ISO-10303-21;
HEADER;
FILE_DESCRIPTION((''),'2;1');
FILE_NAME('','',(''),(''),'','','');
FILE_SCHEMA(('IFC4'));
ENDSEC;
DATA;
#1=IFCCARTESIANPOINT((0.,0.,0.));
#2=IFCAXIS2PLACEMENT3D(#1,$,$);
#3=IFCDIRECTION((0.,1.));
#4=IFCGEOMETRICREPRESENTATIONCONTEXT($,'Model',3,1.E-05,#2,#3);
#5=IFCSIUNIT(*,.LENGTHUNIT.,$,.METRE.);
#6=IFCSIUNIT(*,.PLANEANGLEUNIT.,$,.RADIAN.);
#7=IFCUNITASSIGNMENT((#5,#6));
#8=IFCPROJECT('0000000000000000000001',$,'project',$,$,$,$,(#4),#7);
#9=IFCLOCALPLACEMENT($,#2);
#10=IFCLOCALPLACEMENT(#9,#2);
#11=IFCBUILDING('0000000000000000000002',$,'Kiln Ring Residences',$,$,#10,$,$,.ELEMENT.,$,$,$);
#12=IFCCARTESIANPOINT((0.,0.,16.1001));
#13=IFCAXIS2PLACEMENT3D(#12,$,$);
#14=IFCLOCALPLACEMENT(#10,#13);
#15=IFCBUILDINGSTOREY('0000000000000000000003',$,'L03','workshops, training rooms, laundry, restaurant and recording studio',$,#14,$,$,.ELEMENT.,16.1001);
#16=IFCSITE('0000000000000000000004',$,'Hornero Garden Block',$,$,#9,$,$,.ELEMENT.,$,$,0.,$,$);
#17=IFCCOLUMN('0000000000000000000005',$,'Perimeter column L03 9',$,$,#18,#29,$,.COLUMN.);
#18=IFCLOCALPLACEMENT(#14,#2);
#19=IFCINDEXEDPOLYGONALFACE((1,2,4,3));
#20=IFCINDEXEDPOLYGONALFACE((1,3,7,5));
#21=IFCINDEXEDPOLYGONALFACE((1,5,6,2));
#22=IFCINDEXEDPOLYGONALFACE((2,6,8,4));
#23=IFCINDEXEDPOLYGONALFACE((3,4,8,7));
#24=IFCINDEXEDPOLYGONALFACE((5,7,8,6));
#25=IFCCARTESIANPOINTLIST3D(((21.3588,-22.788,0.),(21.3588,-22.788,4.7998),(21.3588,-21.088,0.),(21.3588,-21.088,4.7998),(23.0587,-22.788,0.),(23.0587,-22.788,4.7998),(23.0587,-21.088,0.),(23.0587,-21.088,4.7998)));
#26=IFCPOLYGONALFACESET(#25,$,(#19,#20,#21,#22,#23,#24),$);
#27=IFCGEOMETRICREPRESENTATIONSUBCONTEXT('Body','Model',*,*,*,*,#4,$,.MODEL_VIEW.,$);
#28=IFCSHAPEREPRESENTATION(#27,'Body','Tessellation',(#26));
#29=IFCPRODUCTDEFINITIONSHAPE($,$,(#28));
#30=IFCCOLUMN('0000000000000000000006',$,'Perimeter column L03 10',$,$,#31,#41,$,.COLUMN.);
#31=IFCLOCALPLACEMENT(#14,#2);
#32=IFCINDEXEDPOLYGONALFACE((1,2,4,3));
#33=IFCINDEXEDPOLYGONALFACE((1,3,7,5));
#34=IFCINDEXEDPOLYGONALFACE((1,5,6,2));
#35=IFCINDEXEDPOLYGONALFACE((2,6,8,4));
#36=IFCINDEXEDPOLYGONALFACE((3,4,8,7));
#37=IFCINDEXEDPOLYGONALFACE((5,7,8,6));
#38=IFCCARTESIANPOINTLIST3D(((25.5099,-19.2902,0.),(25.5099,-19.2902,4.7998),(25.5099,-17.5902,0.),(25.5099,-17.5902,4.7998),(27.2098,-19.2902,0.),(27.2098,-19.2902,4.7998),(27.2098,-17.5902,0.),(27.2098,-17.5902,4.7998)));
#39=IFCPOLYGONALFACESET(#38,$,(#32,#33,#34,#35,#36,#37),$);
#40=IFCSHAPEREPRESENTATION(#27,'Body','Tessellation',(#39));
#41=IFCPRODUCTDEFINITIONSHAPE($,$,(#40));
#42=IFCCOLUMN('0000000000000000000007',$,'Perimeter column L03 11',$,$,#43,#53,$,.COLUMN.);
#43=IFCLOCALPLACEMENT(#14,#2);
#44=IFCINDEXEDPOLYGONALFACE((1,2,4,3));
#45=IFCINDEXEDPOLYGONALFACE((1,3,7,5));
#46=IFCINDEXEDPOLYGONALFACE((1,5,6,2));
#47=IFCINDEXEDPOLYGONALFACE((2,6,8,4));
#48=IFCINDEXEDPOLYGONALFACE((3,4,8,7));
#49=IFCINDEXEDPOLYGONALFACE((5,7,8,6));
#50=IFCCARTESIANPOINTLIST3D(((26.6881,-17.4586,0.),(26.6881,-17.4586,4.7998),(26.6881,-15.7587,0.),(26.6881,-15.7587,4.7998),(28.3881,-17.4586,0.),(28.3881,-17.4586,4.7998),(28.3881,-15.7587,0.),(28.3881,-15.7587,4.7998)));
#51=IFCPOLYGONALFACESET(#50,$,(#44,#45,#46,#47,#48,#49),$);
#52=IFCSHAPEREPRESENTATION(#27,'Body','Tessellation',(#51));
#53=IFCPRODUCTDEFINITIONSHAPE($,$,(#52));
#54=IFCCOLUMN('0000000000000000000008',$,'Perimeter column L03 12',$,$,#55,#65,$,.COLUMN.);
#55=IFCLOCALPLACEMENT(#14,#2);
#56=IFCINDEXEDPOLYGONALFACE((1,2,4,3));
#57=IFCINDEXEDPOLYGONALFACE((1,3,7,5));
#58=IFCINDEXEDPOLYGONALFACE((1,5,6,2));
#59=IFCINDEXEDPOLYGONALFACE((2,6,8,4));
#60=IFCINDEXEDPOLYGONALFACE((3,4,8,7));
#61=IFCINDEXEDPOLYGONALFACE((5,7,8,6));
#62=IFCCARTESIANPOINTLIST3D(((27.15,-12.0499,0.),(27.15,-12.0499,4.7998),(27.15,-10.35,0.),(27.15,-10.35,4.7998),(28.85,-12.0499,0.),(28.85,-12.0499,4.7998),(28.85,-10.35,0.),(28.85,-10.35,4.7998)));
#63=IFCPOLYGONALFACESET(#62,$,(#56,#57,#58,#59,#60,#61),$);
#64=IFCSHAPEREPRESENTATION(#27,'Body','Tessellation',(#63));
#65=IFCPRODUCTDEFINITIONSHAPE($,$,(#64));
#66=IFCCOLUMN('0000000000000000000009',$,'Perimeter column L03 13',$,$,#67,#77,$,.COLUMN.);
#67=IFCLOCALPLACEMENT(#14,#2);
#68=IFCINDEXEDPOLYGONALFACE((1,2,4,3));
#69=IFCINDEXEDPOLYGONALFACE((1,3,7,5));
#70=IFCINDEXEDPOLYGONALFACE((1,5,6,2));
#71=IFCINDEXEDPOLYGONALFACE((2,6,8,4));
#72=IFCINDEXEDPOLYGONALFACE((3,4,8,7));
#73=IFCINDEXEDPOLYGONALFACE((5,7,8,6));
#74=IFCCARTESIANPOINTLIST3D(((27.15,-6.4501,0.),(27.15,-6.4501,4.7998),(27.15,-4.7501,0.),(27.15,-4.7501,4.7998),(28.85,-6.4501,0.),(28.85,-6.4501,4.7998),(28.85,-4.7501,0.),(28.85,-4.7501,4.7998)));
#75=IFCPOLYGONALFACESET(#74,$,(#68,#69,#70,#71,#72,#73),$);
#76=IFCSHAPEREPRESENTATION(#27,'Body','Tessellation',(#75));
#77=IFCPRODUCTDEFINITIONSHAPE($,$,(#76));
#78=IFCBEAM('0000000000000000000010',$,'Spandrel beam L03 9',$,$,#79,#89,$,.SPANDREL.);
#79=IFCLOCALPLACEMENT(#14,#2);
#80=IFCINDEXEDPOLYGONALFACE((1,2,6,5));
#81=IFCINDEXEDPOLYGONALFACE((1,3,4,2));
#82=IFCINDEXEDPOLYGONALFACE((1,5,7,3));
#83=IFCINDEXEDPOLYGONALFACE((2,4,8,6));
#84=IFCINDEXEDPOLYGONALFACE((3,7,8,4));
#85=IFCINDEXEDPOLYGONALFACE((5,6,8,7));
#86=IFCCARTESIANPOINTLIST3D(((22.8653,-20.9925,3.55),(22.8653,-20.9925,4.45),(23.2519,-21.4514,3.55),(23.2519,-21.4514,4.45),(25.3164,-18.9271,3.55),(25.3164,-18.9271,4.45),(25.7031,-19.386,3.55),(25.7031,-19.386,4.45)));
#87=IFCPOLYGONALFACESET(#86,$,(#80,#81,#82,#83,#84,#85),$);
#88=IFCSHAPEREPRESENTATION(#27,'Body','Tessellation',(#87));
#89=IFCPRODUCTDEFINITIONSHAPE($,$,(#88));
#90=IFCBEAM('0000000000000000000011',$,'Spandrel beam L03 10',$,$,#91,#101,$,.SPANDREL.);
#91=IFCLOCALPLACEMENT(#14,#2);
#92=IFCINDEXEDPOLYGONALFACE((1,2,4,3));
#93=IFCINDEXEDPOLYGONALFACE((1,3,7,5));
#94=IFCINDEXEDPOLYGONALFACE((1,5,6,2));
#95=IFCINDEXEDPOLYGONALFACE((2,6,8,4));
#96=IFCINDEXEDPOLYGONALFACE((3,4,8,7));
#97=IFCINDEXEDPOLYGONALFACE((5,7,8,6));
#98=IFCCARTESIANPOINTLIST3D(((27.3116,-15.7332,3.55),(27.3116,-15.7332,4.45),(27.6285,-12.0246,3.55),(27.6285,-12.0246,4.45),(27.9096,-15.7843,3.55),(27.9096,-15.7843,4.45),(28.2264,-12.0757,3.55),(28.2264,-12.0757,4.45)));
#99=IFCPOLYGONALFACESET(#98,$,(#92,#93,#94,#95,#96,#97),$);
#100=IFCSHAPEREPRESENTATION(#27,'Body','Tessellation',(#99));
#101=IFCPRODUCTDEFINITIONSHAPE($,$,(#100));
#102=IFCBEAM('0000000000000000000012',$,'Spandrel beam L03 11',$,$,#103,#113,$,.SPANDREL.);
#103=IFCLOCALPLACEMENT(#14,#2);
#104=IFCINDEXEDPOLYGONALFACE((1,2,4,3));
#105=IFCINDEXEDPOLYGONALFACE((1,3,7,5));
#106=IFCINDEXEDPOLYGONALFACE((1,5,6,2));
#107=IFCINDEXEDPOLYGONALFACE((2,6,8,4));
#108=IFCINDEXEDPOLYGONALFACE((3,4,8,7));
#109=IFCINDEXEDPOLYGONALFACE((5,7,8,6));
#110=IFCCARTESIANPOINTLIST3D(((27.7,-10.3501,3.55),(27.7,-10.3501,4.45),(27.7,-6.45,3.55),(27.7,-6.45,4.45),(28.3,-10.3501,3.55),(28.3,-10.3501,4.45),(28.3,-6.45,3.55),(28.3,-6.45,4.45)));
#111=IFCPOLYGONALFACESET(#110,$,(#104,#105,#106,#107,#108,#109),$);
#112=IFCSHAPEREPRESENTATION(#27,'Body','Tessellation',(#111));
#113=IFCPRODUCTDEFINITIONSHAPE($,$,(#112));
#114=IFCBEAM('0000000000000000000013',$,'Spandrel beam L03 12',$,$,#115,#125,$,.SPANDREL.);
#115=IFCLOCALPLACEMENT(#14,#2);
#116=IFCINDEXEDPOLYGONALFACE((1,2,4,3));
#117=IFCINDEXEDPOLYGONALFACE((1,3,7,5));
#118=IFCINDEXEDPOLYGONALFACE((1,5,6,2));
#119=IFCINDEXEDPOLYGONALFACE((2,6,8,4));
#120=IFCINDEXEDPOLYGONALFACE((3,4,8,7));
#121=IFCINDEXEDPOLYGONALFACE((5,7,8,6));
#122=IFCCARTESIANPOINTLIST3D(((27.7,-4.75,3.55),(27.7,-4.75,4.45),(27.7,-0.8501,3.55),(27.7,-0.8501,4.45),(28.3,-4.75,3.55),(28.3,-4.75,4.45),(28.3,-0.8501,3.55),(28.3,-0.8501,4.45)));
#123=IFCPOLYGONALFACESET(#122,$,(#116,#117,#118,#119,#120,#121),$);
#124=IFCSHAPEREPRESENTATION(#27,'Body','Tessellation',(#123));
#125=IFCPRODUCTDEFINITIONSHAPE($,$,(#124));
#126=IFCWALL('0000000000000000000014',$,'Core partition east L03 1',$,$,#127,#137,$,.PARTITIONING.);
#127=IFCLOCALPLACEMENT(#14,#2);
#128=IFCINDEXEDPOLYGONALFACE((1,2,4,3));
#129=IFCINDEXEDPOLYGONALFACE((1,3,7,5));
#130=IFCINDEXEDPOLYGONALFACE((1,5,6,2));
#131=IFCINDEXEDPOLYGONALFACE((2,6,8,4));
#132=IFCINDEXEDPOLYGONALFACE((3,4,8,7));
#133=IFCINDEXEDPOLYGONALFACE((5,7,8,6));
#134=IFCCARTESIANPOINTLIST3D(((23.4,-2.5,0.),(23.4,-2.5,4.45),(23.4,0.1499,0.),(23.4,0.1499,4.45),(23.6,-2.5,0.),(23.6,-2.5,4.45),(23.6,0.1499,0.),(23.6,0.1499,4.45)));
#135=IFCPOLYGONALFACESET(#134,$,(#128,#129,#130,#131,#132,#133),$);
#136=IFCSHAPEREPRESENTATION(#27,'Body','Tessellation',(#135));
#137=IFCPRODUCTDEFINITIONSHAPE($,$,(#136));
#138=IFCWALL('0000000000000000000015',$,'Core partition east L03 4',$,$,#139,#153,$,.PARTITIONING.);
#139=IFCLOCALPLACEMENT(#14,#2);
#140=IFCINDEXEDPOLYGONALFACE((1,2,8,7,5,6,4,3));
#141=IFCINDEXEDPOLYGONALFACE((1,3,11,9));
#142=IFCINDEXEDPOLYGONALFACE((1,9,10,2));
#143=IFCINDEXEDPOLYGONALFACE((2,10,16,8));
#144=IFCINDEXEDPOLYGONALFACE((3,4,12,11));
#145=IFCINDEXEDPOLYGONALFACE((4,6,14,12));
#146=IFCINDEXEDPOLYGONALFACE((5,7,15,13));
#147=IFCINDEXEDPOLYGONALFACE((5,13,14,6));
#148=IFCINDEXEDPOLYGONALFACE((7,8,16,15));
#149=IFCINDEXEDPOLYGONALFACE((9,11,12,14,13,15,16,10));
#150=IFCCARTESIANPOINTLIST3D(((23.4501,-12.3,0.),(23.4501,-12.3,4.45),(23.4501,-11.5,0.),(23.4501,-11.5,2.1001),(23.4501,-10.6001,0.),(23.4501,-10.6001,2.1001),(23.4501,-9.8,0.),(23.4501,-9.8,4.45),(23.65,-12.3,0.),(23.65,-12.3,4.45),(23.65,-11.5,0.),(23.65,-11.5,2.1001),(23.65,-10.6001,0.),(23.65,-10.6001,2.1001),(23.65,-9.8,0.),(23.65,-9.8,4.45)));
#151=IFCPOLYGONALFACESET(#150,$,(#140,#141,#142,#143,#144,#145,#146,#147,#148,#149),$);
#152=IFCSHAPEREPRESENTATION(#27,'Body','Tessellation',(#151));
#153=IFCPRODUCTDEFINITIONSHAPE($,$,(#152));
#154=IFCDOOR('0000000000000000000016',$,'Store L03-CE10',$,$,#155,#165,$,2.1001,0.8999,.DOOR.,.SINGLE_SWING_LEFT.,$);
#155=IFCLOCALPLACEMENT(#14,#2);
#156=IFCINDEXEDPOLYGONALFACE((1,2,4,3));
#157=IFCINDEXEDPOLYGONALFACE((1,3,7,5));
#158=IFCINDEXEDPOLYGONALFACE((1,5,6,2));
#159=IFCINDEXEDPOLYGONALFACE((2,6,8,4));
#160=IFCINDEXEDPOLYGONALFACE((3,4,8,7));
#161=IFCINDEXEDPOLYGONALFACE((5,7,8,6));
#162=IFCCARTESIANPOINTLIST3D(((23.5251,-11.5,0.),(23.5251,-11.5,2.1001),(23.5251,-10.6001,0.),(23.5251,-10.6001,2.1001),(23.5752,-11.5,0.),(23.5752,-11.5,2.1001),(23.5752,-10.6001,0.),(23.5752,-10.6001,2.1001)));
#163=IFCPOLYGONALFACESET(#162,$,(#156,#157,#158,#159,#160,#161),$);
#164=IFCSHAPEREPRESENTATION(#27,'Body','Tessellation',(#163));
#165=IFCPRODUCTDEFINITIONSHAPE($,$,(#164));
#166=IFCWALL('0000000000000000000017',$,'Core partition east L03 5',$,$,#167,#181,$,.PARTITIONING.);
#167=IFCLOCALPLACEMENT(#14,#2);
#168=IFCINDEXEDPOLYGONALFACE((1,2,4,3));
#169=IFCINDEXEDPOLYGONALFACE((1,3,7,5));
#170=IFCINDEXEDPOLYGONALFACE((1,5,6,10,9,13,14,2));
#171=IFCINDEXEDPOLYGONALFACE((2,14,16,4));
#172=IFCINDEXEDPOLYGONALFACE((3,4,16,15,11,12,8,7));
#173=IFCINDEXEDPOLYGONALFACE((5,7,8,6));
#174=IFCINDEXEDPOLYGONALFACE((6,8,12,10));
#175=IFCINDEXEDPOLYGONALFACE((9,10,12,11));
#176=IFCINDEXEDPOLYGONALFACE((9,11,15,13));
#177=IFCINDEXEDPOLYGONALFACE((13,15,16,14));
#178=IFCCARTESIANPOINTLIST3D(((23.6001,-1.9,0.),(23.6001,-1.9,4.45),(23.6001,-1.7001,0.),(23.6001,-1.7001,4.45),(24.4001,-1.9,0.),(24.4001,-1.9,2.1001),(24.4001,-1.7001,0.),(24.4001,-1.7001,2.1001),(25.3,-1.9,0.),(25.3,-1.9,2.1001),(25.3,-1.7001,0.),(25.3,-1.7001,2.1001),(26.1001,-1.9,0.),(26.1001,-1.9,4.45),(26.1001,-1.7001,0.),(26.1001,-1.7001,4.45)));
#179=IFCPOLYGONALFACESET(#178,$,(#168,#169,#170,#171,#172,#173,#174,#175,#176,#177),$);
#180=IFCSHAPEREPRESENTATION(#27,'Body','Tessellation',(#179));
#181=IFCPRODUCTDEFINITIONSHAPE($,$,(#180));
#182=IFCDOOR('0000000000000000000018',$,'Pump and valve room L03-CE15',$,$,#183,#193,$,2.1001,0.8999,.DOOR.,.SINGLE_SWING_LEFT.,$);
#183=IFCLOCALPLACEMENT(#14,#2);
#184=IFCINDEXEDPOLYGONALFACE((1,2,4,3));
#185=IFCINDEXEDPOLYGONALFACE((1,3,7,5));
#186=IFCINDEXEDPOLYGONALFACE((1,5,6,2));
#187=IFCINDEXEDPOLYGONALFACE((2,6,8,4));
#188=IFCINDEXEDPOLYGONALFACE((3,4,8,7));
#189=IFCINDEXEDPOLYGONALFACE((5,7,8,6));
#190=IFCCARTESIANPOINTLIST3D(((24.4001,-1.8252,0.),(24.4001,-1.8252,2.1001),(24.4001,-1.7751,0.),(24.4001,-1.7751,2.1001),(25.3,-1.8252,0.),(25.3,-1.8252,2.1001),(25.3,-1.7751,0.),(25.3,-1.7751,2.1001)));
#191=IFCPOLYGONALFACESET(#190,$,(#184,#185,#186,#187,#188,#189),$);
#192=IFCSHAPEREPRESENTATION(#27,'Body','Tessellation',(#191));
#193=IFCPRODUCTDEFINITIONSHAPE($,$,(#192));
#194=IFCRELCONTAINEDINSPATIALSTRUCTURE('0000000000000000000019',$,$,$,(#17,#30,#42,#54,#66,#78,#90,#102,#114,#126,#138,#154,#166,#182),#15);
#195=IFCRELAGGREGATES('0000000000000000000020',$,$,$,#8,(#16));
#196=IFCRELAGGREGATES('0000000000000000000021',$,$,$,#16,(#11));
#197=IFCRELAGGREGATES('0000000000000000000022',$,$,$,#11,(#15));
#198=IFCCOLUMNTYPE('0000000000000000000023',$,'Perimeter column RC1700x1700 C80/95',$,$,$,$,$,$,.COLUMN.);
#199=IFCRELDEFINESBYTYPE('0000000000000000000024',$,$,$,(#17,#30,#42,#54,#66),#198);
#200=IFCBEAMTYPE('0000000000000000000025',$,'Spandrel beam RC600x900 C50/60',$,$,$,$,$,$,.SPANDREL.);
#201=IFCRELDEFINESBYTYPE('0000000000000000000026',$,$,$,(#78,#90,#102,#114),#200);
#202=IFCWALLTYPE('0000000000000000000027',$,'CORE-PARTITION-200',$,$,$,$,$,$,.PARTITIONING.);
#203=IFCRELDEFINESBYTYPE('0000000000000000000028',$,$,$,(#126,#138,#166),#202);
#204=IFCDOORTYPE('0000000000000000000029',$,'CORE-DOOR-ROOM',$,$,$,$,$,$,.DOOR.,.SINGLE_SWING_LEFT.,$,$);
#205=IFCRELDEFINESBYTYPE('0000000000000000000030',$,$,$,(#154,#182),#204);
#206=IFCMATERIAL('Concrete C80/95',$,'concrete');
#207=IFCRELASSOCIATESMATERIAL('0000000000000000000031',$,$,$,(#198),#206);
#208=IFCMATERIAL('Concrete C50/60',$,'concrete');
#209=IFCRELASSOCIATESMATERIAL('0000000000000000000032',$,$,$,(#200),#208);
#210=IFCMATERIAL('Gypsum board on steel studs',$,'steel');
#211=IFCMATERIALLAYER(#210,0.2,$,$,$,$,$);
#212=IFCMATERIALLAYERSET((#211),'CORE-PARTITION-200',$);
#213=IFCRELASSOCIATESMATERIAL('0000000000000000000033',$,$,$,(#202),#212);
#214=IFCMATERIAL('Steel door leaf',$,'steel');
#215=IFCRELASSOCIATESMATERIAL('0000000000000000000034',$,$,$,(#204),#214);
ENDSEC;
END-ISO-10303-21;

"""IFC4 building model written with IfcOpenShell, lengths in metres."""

from ifc_helpers import new_model, si_unit, direction, frame, frame_2d, origin, origin_2d, place, context, subcontext, project, spatial, rectangle, extrude, material, layer, layer_set, material_profile, profile_set, type_object, element, fill, save


model = new_model("IFC4")

# Units and contexts
model_context = context("Model", 3, precision=1e-05, world=origin(), true_north=direction((0.0, 1.0)))
body_context = subcontext(model_context, "Body", "Model", "MODEL_VIEW")
ifc_project = project(units=[si_unit("LENGTHUNIT", "METRE"), si_unit("PLANEANGLEUNIT", "RADIAN")], contexts=[model_context])

# Site, building, storey
site_placement = place(None, origin())
site = spatial("IfcSite", under=ifc_project, at=site_placement, Name="Hornero Garden Block", CompositionType="ELEMENT", RefElevation=0.0)
building_placement = place(site_placement, origin())
building = spatial("IfcBuilding", under=site, at=building_placement, Name="Kiln Ring Residences", CompositionType="ELEMENT")
storey_placement = place(building_placement, frame((0.0, 0.0, 16.1001)))
storey = spatial("IfcBuildingStorey", under=building, at=storey_placement, Name="L03", Description="workshops, training rooms, laundry, restaurant and recording studio", CompositionType="ELEMENT", Elevation=16.1001)

# Columns
ifc_material_1 = material(Name="Concrete C80/95", Category="concrete")
ifc_material_profile_1 = material_profile(ifc_material_1, rectangle(XDim=1.7, YDim=1.7, at=origin_2d()), Name="RC1700x1700")
ifc_profile_set_1 = profile_set([ifc_material_profile_1], Name="Concrete C80/95")
column_type = type_object("IfcColumnType", Name="Perimeter column RC1700x1700 C80/95", PredefinedType="COLUMN", material=ifc_profile_set_1)
for number, where, z_axis, x_axis, name in (
    (1, (22.2087, -21.938, 0.0), (0.0, 0.0, 1.0), (1.0, 0.0, 0.0), "Perimeter column L03 9"),
    (2, (26.3599, -18.4402, 0.0), (0.0, 0.0, 1.0), (1.0, 0.0, 0.0), "Perimeter column L03 10"),
    (3, (27.5381, -16.6086, 0.0), (0.0, 0.0, 1.0), (1.0, 0.0, 0.0), "Perimeter column L03 11"),
    (4, (28.0, -11.2, 0.0), (0.0, 0.0, 1.0), (1.0, 0.0, 0.0), "Perimeter column L03 12"),
    (5, (28.0, -5.6001, 0.0), (0.0, 0.0, 1.0), (1.0, 0.0, 0.0), "Perimeter column L03 13"),
):
    element("IfcColumn", number, at=place(storey_placement, frame(where, z_axis=z_axis, x_axis=x_axis)), inside=storey, type_object=column_type, Name=name, PredefinedType="COLUMN", context=body_context, shape_type="SweptSolid", body=[
        extrude(rectangle(XDim=1.7, YDim=1.7, at=origin_2d()), origin(), (0.0, 0.0, 1.0), 4.7998),
    ])

# Beams
ifc_material_2 = material(Name="Concrete C50/60", Category="concrete")
ifc_material_profile_2 = material_profile(ifc_material_2, rectangle(XDim=0.6001, YDim=0.8999, at=origin_2d()), Name="RC600x900")
ifc_profile_set_2 = profile_set([ifc_material_profile_2], Name="Concrete C50/60")
beam_type = type_object("IfcBeamType", Name="Spandrel beam RC600x900 C50/60", PredefinedType="SPANDREL", material=ifc_profile_set_2)
beam_1_placement = place(storey_placement, frame((23.0586, -21.2219, 4.0), z_axis=(0.764714, 0.64437, 0.0), x_axis=(-0.64437, 0.764714, 0.0)))
element("IfcBeam", 6, at=beam_1_placement, inside=storey, type_object=beam_type, Name="Spandrel beam L03 9", PredefinedType="SPANDREL", context=body_context, shape_type="SweptSolid", body=[
    extrude(rectangle(XDim=0.6001, YDim=0.8999, at=origin_2d()), origin(), (0.0, 0.0, 1.0), 3.2053),
])
beam_2_placement = place(storey_placement, frame((27.6106, -15.7588, 4.0), z_axis=(0.085135, 0.996369, 0.0), x_axis=(-0.996369, 0.085135, 0.0)))
element("IfcBeam", 7, at=beam_2_placement, inside=storey, type_object=beam_type, Name="Spandrel beam L03 10", PredefinedType="SPANDREL", context=body_context, shape_type="SweptSolid", body=[
    extrude(rectangle(XDim=0.6001, YDim=0.8999, at=origin_2d()), origin(), (0.0, 0.0, 1.0), 3.7222),
])
beam_3_placement = place(storey_placement, frame((28.0, -10.3501, 4.0), z_axis=(0.0, 1.0, 0.0), x_axis=(-1.0, 0.0, 0.0)))
element("IfcBeam", 8, at=beam_3_placement, inside=storey, type_object=beam_type, Name="Spandrel beam L03 11", PredefinedType="SPANDREL", context=body_context, shape_type="SweptSolid", body=[
    extrude(rectangle(XDim=0.6001, YDim=0.8999, at=origin_2d()), origin(), (0.0, 0.0, 1.0), 3.9001),
])
beam_4_placement = place(storey_placement, frame((28.0, -4.75, 4.0), z_axis=(0.0, 1.0, 0.0), x_axis=(-1.0, 0.0, 0.0)))
element("IfcBeam", 9, at=beam_4_placement, inside=storey, type_object=beam_type, Name="Spandrel beam L03 12", PredefinedType="SPANDREL", context=body_context, shape_type="SweptSolid", body=[
    extrude(rectangle(XDim=0.6001, YDim=0.8999, at=origin_2d()), origin(), (0.0, 0.0, 1.0), 3.8999),
])

# Wall
ifc_material_3 = material(Name="Gypsum board on steel studs", Category="steel")
ifc_layer_1 = layer(ifc_material_3, 0.2)
ifc_layer_set_1 = layer_set([ifc_layer_1], Name="CORE-PARTITION-200")
wall_type_1 = type_object("IfcWallType", Name="CORE-PARTITION-200", PredefinedType="PARTITIONING", material=ifc_layer_set_1)
wall_1_placement = place(storey_placement, frame((23.5, -2.5, 0.0), z_axis=(0.0, 0.0, 1.0), x_axis=(0.0, 1.0, 0.0)))
element("IfcWall", 10, at=wall_1_placement, inside=storey, type_object=wall_type_1, Name="Core partition east L03 1", PredefinedType="PARTITIONING", context=body_context, shape_type="SweptSolid", body=[
    extrude(rectangle(XDim=2.6499, YDim=0.2, at=frame_2d((1.325, 0.0))), origin(), (0.0, 0.0, 1.0), 4.45),
])

# Walls, openings, doors
wall_2_placement = place(storey_placement, frame((23.55, -12.3, 0.0), z_axis=(0.0, 0.0, 1.0), x_axis=(0.0, 1.0, 0.0)))
wall_2 = element("IfcWall", 11, at=wall_2_placement, inside=storey, type_object=wall_type_1, Name="Core partition east L03 4", PredefinedType="PARTITIONING", context=body_context, shape_type="SweptSolid", body=[
    extrude(rectangle(XDim=2.5, YDim=0.2, at=frame_2d((1.25, 0.0))), origin(), (0.0, 0.0, 1.0), 4.45),
])
opening_1_placement = place(wall_2_placement, frame((0.8, 0.0, 0.0)))
opening_1 = element("IfcOpeningElement", 12, at=opening_1_placement, cuts=wall_2, PredefinedType="OPENING", context=body_context, shape_type="SweptSolid", body=[
    extrude(rectangle(XDim=0.8999, YDim=2.1001, at=frame_2d((0.45, 1.05))), frame((0.0, 0.1099, 0.0), z_axis=(0.0, -1.0, 0.0), x_axis=(1.0, 0.0, 0.0)), (0.0, 0.0, 1.0), 0.22),
])
ifc_material_4 = material(Name="Steel door leaf", Category="steel")
door_type = type_object("IfcDoorType", Name="CORE-DOOR-ROOM", OperationType="SINGLE_SWING_LEFT", PredefinedType="DOOR", material=ifc_material_4)
door_1_placement = place(opening_1_placement, origin())
door_1 = element("IfcDoor", 13, at=door_1_placement, inside=storey, type_object=door_type, Name="Store L03-CE10", OperationType="SINGLE_SWING_LEFT", OverallHeight=2.1001, OverallWidth=0.8999, PredefinedType="DOOR", context=body_context, shape_type="SweptSolid", body=[
    extrude(rectangle(XDim=0.8999, YDim=2.1001, at=frame_2d((0.45, 1.05))), frame((0.0, 0.0249, 0.0), z_axis=(0.0, -1.0, 0.0), x_axis=(1.0, 0.0, 0.0)), (0.0, 0.0, 1.0), 0.05),
])
fill(opening_1, door_1)
wall_3_placement = place(storey_placement, frame((23.6001, -1.8, 0.0), z_axis=(0.0, 0.0, 1.0), x_axis=(1.0, 0.0, 0.0)))
wall_3 = element("IfcWall", 14, at=wall_3_placement, inside=storey, type_object=wall_type_1, Name="Core partition east L03 5", PredefinedType="PARTITIONING", context=body_context, shape_type="SweptSolid", body=[
    extrude(rectangle(XDim=2.5, YDim=0.2, at=frame_2d((1.25, 0.0))), origin(), (0.0, 0.0, 1.0), 4.45),
])
opening_2_placement = place(wall_3_placement, frame((0.8, 0.0, 0.0)))
opening_2 = element("IfcOpeningElement", 15, at=opening_2_placement, cuts=wall_3, PredefinedType="OPENING", context=body_context, shape_type="SweptSolid", body=[
    extrude(rectangle(XDim=0.8999, YDim=2.1001, at=frame_2d((0.45, 1.05))), frame((0.0, 0.1099, 0.0), z_axis=(0.0, -1.0, 0.0), x_axis=(1.0, 0.0, 0.0)), (0.0, 0.0, 1.0), 0.22),
])
door_2_placement = place(opening_2_placement, origin())
door_2 = element("IfcDoor", 16, at=door_2_placement, inside=storey, type_object=door_type, Name="Pump and valve room L03-CE15", OperationType="SINGLE_SWING_LEFT", OverallHeight=2.1001, OverallWidth=0.8999, PredefinedType="DOOR", context=body_context, shape_type="SweptSolid", body=[
    extrude(rectangle(XDim=0.8999, YDim=2.1001, at=frame_2d((0.45, 1.05))), frame((0.0, 0.0249, 0.0), z_axis=(0.0, -1.0, 0.0), x_axis=(1.0, 0.0, 0.0)), (0.0, 0.0, 1.0), 0.05),
])
fill(opening_2, door_2)

save(model, "model.ifc")
